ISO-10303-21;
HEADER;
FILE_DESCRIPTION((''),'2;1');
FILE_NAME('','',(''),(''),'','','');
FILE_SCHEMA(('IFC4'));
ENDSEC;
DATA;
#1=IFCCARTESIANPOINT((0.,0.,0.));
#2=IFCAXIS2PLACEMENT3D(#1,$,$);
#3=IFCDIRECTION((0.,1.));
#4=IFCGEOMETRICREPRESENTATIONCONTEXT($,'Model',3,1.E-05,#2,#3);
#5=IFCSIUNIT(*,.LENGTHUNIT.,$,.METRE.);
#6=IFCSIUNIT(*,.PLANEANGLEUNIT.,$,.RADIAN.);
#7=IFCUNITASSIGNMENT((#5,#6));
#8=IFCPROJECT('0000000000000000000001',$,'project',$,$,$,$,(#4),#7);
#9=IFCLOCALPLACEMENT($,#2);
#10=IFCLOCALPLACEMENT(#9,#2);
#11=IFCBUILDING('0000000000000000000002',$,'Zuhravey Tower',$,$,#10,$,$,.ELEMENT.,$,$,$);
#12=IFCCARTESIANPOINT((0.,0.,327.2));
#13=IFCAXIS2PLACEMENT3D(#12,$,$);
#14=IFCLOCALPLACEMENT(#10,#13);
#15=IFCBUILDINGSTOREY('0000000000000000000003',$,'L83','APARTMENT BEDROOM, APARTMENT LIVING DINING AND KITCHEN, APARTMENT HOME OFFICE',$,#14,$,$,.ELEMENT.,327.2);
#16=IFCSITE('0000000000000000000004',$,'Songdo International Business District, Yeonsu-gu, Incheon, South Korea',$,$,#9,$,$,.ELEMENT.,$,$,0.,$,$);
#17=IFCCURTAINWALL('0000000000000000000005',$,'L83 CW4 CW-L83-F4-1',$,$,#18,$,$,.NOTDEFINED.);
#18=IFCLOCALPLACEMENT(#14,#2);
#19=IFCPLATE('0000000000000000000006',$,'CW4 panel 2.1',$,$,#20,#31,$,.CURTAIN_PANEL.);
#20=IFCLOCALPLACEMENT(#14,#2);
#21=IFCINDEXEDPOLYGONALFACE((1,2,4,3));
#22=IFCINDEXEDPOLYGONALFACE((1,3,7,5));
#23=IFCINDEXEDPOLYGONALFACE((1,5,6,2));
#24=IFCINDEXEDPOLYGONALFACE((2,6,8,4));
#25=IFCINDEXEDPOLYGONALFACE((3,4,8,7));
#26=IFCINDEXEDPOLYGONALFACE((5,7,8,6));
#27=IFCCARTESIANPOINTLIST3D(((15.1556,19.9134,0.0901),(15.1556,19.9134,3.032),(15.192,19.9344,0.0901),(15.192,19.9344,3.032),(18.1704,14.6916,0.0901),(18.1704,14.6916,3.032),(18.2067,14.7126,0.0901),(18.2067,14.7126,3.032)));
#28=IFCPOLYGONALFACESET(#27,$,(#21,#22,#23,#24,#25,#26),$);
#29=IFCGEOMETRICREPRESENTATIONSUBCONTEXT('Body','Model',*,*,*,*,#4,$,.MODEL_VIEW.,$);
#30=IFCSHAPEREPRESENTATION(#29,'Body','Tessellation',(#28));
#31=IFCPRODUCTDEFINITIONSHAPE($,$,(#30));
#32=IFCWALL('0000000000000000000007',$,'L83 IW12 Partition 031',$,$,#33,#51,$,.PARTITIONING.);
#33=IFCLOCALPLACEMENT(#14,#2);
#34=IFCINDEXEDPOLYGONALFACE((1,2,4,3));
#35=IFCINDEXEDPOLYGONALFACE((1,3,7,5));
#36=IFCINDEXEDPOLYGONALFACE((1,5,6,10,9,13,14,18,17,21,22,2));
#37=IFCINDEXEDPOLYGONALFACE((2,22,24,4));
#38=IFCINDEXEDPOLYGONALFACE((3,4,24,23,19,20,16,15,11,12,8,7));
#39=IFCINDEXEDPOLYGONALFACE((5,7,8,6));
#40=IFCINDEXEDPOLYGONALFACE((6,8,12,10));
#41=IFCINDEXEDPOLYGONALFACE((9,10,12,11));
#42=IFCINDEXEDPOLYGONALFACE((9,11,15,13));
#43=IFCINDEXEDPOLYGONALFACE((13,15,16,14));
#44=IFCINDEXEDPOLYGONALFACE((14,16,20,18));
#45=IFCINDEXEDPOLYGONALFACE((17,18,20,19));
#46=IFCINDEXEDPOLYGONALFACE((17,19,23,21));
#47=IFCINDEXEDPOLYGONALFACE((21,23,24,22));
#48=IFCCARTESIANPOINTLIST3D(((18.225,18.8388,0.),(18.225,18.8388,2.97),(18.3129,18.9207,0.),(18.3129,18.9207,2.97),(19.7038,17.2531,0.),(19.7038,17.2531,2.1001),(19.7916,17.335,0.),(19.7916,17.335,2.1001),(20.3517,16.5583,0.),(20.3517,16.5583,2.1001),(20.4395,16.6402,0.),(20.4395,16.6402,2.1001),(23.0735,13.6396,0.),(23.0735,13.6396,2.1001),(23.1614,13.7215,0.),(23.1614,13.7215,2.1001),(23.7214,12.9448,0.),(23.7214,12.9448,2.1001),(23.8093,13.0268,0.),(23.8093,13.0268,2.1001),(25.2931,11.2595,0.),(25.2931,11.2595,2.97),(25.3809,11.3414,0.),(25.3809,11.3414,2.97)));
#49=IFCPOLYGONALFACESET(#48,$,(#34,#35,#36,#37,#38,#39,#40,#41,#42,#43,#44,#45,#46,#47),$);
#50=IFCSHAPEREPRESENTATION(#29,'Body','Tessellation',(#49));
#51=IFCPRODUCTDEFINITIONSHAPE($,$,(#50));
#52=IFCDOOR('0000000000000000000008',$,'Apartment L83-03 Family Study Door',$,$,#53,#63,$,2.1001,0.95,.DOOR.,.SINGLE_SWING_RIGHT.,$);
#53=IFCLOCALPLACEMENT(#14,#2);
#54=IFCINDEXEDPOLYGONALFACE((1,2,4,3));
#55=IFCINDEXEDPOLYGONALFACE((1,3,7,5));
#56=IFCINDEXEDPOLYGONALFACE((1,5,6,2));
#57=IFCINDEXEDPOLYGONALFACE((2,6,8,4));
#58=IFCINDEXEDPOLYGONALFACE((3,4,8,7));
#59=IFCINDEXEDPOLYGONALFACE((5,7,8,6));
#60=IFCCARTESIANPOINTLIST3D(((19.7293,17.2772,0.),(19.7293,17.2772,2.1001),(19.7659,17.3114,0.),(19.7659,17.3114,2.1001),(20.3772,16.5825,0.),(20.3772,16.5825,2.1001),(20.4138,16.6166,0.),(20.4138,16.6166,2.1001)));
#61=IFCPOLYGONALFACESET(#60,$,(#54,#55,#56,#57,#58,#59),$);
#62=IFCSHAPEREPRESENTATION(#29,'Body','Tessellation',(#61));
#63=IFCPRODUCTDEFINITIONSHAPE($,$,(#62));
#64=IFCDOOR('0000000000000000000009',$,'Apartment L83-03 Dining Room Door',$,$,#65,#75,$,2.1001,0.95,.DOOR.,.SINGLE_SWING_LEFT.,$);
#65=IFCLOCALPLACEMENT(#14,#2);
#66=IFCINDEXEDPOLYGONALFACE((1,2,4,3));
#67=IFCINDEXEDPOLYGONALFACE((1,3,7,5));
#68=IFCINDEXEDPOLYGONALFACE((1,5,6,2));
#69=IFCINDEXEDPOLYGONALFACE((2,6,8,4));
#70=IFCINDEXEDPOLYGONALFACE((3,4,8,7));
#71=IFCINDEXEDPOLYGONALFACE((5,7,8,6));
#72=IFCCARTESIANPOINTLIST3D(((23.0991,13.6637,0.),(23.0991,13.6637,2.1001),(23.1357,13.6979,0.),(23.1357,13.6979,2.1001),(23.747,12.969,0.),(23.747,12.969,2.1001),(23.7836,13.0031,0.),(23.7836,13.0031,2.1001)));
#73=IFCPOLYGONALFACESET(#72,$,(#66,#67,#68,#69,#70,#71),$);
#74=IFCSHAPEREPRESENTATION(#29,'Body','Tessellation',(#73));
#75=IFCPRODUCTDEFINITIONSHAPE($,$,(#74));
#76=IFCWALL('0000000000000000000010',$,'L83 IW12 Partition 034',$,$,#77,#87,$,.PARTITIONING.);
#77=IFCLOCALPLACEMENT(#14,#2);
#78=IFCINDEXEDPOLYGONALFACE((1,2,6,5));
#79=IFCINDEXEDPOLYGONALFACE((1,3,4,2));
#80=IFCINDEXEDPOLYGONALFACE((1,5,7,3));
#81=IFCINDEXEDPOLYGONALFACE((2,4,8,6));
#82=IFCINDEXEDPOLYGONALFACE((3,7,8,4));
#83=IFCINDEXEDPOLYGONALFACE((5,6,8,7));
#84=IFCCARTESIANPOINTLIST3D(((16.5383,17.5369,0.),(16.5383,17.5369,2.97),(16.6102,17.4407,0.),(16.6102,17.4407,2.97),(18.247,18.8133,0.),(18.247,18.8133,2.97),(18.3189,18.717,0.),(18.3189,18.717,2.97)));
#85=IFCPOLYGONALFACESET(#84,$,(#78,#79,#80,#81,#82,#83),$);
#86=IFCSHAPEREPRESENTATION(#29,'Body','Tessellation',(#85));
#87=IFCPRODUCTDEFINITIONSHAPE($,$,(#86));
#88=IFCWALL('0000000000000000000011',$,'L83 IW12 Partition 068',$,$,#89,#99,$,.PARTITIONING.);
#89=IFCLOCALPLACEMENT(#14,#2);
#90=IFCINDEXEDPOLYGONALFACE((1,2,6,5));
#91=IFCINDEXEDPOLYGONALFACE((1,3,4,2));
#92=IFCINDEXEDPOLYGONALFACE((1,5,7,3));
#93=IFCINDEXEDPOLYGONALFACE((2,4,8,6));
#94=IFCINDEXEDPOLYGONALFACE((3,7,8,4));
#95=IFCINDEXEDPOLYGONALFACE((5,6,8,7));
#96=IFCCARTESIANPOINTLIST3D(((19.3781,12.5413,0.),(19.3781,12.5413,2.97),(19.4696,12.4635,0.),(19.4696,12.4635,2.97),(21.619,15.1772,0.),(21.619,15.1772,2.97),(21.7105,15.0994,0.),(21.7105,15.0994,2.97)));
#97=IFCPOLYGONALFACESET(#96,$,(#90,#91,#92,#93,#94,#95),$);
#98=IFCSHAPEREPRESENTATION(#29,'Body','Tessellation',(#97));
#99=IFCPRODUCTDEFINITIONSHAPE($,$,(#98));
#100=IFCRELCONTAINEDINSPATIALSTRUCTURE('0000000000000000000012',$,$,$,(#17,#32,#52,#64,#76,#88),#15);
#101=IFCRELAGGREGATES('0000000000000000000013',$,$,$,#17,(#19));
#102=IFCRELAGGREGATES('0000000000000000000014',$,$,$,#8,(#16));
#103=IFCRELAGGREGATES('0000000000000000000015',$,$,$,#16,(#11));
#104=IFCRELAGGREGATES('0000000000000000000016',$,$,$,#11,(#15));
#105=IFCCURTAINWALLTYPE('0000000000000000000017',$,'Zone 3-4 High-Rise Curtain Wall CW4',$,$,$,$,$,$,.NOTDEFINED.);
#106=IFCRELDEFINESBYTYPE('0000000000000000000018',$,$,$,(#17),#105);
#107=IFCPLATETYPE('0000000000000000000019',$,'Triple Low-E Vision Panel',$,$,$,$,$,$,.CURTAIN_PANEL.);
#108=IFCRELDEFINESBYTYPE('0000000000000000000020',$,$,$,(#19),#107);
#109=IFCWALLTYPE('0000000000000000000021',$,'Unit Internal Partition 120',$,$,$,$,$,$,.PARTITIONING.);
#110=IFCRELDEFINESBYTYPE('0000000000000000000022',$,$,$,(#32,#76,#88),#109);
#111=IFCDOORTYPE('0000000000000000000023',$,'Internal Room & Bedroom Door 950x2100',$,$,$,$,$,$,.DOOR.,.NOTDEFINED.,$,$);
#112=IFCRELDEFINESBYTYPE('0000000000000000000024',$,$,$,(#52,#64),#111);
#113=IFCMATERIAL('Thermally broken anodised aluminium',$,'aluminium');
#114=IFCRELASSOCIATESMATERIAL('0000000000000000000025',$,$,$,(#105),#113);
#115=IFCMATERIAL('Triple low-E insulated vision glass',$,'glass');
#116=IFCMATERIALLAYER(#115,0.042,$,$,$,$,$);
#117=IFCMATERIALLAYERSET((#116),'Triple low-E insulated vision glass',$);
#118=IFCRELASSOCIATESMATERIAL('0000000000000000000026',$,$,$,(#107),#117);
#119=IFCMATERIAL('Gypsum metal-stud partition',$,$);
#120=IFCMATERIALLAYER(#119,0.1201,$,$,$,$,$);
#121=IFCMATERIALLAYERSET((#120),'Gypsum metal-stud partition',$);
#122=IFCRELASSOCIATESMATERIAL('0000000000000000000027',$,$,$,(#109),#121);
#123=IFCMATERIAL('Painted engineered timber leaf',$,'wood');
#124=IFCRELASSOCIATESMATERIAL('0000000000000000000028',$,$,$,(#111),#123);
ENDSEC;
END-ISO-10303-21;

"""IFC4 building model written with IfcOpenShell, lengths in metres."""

from ifc_helpers import new_model, si_unit, direction, frame, frame_2d, origin, origin_2d, place, context, subcontext, project, spatial, rectangle, extrude, material, layer, layer_set, type_object, element, fill, aggregate, save


model = new_model("IFC4")

# Units and contexts
model_context = context("Model", 3, precision=1e-05, world=origin(), true_north=direction((0.0, 1.0)))
body_context = subcontext(model_context, "Body", "Model", "MODEL_VIEW")
ifc_project = project(units=[si_unit("LENGTHUNIT", "METRE"), si_unit("PLANEANGLEUNIT", "RADIAN")], contexts=[model_context])

# Site, building, storey
site_placement = place(None, origin())
site = spatial("IfcSite", under=ifc_project, at=site_placement, Name="Songdo International Business District, Yeonsu-gu, Incheon, South Korea", CompositionType="ELEMENT", RefElevation=0.0)
building_placement = place(site_placement, origin())
building = spatial("IfcBuilding", under=site, at=building_placement, Name="Zuhravey Tower", CompositionType="ELEMENT")
storey_placement = place(building_placement, frame((0.0, 0.0, 327.2)))
storey = spatial("IfcBuildingStorey", under=building, at=storey_placement, Name="L83", Description="APARTMENT BEDROOM, APARTMENT LIVING DINING AND KITCHEN, APARTMENT HOME OFFICE", CompositionType="ELEMENT", Elevation=327.2)

# Curtain wall
ifc_material_1 = material(Name="Thermally broken anodised aluminium", Category="aluminium")
curtain_wall_type = type_object("IfcCurtainWallType", Name="Zone 3-4 High-Rise Curtain Wall CW4", PredefinedType="NOTDEFINED", material=ifc_material_1)
curtain_wall_placement = place(storey_placement, origin())
curtain_wall = element("IfcCurtainWall", 1, at=curtain_wall_placement, inside=storey, type_object=curtain_wall_type, Name="L83 CW4 CW-L83-F4-1", PredefinedType="NOTDEFINED")

# Plate
ifc_material_2 = material(Name="Triple low-E insulated vision glass", Category="glass")
ifc_layer_1 = layer(ifc_material_2, 0.042)
ifc_layer_set_1 = layer_set([ifc_layer_1], Name="Triple low-E insulated vision glass")
plate_type = type_object("IfcPlateType", Name="Triple Low-E Vision Panel", PredefinedType="CURTAIN_PANEL", material=ifc_layer_set_1)
plate_1_placement = place(storey_placement, frame((16.6812, 17.313, 0.0901), z_axis=(0.0, 0.0, 1.0), x_axis=(-0.5, 0.866026, 0.0)))
plate_1 = element("IfcPlate", 2, at=plate_1_placement, type_object=plate_type, Name="CW4 panel 2.1", PredefinedType="CURTAIN_PANEL", context=body_context, shape_type="SweptSolid", body=[
    extrude(rectangle(XDim=6.0295, YDim=0.042, at=origin_2d()), origin(), (0.0, 0.0, 1.0), 2.9419),
])
aggregate(curtain_wall, [plate_1])

# Wall, openings, doors
ifc_material_3 = material(Name="Gypsum metal-stud partition")
ifc_layer_2 = layer(ifc_material_3, 0.1201)
ifc_layer_set_2 = layer_set([ifc_layer_2], Name="Gypsum metal-stud partition")
wall_type = type_object("IfcWallType", Name="Unit Internal Partition 120", PredefinedType="PARTITIONING", material=ifc_layer_set_2)
wall_1_placement = place(storey_placement, frame((18.269, 18.8796, 0.0), z_axis=(0.0, 0.0, 1.0), x_axis=(0.682012, -0.731341, 0.0)))
wall_1 = element("IfcWall", 3, at=wall_1_placement, inside=storey, type_object=wall_type, Name="L83 IW12 Partition 031", PredefinedType="PARTITIONING", context=body_context, shape_type="SweptSolid", body=[
    extrude(rectangle(XDim=10.3635, YDim=0.1201, at=frame_2d((5.1816, 0.0))), origin(), (0.0, 0.0, 1.0), 2.97),
])
opening_1_placement = place(wall_1_placement, frame((2.168, 0.0, 0.0)))
opening_1 = element("IfcOpeningElement", 4, at=opening_1_placement, cuts=wall_1, PredefinedType="OPENING", context=body_context, shape_type="SweptSolid", body=[
    extrude(rectangle(XDim=0.95, YDim=2.1001, at=frame_2d((0.4751, 1.05))), frame((0.0, 0.072, 0.0), z_axis=(0.0, -1.0, 0.0), x_axis=(1.0, 0.0, 0.0)), (0.0, 0.0, 1.0), 0.144),
])
opening_2_placement = place(wall_1_placement, frame((7.1089, 0.0, 0.0)))
opening_2 = element("IfcOpeningElement", 5, at=opening_2_placement, cuts=wall_1, PredefinedType="OPENING", context=body_context, shape_type="SweptSolid", body=[
    extrude(rectangle(XDim=0.95, YDim=2.1001, at=frame_2d((0.4751, 1.05))), frame((0.0, 0.072, 0.0), z_axis=(0.0, -1.0, 0.0), x_axis=(1.0, 0.0, 0.0)), (0.0, 0.0, 1.0), 0.144),
])
ifc_material_4 = material(Name="Painted engineered timber leaf", Category="wood")
door_type = type_object("IfcDoorType", Name="Internal Room & Bedroom Door 950x2100", OperationType="NOTDEFINED", PredefinedType="DOOR", material=ifc_material_4)
door_1_placement = place(opening_1_placement, frame((0.95, 0.0, 0.0), z_axis=(0.0, 0.0, 1.0), x_axis=(-1.0, 0.0, 0.0)))
door_1 = element("IfcDoor", 6, at=door_1_placement, inside=storey, type_object=door_type, Name="Apartment L83-03 Family Study Door", OperationType="SINGLE_SWING_RIGHT", OverallHeight=2.1001, OverallWidth=0.95, PredefinedType="DOOR", context=body_context, shape_type="SweptSolid", body=[
    extrude(rectangle(XDim=0.95, YDim=2.1001, at=frame_2d((0.4751, 1.05))), frame((0.0, 0.0249, 0.0), z_axis=(0.0, -1.0, 0.0), x_axis=(1.0, 0.0, 0.0)), (0.0, 0.0, 1.0), 0.05),
])
fill(opening_1, door_1)
door_2_placement = place(opening_2_placement, frame((0.95, 0.0, 0.0), z_axis=(0.0, 0.0, 1.0), x_axis=(-1.0, 0.0, 0.0)))
door_2 = element("IfcDoor", 7, at=door_2_placement, inside=storey, type_object=door_type, Name="Apartment L83-03 Dining Room Door", OperationType="SINGLE_SWING_LEFT", OverallHeight=2.1001, OverallWidth=0.95, PredefinedType="DOOR", context=body_context, shape_type="SweptSolid", body=[
    extrude(rectangle(XDim=0.95, YDim=2.1001, at=frame_2d((0.4751, 1.05))), frame((0.0, 0.0249, 0.0), z_axis=(0.0, -1.0, 0.0), x_axis=(1.0, 0.0, 0.0)), (0.0, 0.0, 1.0), 0.05),
])
fill(opening_2, door_2)

# Walls
wall_2_placement = place(storey_placement, frame((18.283, 18.7651, 0.0), z_axis=(0.0, 0.0, 1.0), x_axis=(-0.801166, -0.598442, 0.0)))
element("IfcWall", 8, at=wall_2_placement, inside=storey, type_object=wall_type, Name="L83 IW12 Partition 034", PredefinedType="PARTITIONING", context=body_context, shape_type="SweptSolid", body=[
    extrude(rectangle(XDim=2.1328, YDim=0.1201, at=frame_2d((1.0664, 0.0))), origin(), (0.0, 0.0, 1.0), 2.97),
])
wall_3_placement = place(storey_placement, frame((21.6648, 15.1384, 0.0), z_axis=(0.0, 0.0, 1.0), x_axis=(-0.647712, -0.761885, 0.0)))
element("IfcWall", 9, at=wall_3_placement, inside=storey, type_object=wall_type, Name="L83 IW12 Partition 068", PredefinedType="PARTITIONING", context=body_context, shape_type="SweptSolid", body=[
    extrude(rectangle(XDim=3.4597, YDim=0.1201, at=frame_2d((1.73, 0.0))), origin(), (0.0, 0.0, 1.0), 2.97),
])

save(model, "model.ifc")
